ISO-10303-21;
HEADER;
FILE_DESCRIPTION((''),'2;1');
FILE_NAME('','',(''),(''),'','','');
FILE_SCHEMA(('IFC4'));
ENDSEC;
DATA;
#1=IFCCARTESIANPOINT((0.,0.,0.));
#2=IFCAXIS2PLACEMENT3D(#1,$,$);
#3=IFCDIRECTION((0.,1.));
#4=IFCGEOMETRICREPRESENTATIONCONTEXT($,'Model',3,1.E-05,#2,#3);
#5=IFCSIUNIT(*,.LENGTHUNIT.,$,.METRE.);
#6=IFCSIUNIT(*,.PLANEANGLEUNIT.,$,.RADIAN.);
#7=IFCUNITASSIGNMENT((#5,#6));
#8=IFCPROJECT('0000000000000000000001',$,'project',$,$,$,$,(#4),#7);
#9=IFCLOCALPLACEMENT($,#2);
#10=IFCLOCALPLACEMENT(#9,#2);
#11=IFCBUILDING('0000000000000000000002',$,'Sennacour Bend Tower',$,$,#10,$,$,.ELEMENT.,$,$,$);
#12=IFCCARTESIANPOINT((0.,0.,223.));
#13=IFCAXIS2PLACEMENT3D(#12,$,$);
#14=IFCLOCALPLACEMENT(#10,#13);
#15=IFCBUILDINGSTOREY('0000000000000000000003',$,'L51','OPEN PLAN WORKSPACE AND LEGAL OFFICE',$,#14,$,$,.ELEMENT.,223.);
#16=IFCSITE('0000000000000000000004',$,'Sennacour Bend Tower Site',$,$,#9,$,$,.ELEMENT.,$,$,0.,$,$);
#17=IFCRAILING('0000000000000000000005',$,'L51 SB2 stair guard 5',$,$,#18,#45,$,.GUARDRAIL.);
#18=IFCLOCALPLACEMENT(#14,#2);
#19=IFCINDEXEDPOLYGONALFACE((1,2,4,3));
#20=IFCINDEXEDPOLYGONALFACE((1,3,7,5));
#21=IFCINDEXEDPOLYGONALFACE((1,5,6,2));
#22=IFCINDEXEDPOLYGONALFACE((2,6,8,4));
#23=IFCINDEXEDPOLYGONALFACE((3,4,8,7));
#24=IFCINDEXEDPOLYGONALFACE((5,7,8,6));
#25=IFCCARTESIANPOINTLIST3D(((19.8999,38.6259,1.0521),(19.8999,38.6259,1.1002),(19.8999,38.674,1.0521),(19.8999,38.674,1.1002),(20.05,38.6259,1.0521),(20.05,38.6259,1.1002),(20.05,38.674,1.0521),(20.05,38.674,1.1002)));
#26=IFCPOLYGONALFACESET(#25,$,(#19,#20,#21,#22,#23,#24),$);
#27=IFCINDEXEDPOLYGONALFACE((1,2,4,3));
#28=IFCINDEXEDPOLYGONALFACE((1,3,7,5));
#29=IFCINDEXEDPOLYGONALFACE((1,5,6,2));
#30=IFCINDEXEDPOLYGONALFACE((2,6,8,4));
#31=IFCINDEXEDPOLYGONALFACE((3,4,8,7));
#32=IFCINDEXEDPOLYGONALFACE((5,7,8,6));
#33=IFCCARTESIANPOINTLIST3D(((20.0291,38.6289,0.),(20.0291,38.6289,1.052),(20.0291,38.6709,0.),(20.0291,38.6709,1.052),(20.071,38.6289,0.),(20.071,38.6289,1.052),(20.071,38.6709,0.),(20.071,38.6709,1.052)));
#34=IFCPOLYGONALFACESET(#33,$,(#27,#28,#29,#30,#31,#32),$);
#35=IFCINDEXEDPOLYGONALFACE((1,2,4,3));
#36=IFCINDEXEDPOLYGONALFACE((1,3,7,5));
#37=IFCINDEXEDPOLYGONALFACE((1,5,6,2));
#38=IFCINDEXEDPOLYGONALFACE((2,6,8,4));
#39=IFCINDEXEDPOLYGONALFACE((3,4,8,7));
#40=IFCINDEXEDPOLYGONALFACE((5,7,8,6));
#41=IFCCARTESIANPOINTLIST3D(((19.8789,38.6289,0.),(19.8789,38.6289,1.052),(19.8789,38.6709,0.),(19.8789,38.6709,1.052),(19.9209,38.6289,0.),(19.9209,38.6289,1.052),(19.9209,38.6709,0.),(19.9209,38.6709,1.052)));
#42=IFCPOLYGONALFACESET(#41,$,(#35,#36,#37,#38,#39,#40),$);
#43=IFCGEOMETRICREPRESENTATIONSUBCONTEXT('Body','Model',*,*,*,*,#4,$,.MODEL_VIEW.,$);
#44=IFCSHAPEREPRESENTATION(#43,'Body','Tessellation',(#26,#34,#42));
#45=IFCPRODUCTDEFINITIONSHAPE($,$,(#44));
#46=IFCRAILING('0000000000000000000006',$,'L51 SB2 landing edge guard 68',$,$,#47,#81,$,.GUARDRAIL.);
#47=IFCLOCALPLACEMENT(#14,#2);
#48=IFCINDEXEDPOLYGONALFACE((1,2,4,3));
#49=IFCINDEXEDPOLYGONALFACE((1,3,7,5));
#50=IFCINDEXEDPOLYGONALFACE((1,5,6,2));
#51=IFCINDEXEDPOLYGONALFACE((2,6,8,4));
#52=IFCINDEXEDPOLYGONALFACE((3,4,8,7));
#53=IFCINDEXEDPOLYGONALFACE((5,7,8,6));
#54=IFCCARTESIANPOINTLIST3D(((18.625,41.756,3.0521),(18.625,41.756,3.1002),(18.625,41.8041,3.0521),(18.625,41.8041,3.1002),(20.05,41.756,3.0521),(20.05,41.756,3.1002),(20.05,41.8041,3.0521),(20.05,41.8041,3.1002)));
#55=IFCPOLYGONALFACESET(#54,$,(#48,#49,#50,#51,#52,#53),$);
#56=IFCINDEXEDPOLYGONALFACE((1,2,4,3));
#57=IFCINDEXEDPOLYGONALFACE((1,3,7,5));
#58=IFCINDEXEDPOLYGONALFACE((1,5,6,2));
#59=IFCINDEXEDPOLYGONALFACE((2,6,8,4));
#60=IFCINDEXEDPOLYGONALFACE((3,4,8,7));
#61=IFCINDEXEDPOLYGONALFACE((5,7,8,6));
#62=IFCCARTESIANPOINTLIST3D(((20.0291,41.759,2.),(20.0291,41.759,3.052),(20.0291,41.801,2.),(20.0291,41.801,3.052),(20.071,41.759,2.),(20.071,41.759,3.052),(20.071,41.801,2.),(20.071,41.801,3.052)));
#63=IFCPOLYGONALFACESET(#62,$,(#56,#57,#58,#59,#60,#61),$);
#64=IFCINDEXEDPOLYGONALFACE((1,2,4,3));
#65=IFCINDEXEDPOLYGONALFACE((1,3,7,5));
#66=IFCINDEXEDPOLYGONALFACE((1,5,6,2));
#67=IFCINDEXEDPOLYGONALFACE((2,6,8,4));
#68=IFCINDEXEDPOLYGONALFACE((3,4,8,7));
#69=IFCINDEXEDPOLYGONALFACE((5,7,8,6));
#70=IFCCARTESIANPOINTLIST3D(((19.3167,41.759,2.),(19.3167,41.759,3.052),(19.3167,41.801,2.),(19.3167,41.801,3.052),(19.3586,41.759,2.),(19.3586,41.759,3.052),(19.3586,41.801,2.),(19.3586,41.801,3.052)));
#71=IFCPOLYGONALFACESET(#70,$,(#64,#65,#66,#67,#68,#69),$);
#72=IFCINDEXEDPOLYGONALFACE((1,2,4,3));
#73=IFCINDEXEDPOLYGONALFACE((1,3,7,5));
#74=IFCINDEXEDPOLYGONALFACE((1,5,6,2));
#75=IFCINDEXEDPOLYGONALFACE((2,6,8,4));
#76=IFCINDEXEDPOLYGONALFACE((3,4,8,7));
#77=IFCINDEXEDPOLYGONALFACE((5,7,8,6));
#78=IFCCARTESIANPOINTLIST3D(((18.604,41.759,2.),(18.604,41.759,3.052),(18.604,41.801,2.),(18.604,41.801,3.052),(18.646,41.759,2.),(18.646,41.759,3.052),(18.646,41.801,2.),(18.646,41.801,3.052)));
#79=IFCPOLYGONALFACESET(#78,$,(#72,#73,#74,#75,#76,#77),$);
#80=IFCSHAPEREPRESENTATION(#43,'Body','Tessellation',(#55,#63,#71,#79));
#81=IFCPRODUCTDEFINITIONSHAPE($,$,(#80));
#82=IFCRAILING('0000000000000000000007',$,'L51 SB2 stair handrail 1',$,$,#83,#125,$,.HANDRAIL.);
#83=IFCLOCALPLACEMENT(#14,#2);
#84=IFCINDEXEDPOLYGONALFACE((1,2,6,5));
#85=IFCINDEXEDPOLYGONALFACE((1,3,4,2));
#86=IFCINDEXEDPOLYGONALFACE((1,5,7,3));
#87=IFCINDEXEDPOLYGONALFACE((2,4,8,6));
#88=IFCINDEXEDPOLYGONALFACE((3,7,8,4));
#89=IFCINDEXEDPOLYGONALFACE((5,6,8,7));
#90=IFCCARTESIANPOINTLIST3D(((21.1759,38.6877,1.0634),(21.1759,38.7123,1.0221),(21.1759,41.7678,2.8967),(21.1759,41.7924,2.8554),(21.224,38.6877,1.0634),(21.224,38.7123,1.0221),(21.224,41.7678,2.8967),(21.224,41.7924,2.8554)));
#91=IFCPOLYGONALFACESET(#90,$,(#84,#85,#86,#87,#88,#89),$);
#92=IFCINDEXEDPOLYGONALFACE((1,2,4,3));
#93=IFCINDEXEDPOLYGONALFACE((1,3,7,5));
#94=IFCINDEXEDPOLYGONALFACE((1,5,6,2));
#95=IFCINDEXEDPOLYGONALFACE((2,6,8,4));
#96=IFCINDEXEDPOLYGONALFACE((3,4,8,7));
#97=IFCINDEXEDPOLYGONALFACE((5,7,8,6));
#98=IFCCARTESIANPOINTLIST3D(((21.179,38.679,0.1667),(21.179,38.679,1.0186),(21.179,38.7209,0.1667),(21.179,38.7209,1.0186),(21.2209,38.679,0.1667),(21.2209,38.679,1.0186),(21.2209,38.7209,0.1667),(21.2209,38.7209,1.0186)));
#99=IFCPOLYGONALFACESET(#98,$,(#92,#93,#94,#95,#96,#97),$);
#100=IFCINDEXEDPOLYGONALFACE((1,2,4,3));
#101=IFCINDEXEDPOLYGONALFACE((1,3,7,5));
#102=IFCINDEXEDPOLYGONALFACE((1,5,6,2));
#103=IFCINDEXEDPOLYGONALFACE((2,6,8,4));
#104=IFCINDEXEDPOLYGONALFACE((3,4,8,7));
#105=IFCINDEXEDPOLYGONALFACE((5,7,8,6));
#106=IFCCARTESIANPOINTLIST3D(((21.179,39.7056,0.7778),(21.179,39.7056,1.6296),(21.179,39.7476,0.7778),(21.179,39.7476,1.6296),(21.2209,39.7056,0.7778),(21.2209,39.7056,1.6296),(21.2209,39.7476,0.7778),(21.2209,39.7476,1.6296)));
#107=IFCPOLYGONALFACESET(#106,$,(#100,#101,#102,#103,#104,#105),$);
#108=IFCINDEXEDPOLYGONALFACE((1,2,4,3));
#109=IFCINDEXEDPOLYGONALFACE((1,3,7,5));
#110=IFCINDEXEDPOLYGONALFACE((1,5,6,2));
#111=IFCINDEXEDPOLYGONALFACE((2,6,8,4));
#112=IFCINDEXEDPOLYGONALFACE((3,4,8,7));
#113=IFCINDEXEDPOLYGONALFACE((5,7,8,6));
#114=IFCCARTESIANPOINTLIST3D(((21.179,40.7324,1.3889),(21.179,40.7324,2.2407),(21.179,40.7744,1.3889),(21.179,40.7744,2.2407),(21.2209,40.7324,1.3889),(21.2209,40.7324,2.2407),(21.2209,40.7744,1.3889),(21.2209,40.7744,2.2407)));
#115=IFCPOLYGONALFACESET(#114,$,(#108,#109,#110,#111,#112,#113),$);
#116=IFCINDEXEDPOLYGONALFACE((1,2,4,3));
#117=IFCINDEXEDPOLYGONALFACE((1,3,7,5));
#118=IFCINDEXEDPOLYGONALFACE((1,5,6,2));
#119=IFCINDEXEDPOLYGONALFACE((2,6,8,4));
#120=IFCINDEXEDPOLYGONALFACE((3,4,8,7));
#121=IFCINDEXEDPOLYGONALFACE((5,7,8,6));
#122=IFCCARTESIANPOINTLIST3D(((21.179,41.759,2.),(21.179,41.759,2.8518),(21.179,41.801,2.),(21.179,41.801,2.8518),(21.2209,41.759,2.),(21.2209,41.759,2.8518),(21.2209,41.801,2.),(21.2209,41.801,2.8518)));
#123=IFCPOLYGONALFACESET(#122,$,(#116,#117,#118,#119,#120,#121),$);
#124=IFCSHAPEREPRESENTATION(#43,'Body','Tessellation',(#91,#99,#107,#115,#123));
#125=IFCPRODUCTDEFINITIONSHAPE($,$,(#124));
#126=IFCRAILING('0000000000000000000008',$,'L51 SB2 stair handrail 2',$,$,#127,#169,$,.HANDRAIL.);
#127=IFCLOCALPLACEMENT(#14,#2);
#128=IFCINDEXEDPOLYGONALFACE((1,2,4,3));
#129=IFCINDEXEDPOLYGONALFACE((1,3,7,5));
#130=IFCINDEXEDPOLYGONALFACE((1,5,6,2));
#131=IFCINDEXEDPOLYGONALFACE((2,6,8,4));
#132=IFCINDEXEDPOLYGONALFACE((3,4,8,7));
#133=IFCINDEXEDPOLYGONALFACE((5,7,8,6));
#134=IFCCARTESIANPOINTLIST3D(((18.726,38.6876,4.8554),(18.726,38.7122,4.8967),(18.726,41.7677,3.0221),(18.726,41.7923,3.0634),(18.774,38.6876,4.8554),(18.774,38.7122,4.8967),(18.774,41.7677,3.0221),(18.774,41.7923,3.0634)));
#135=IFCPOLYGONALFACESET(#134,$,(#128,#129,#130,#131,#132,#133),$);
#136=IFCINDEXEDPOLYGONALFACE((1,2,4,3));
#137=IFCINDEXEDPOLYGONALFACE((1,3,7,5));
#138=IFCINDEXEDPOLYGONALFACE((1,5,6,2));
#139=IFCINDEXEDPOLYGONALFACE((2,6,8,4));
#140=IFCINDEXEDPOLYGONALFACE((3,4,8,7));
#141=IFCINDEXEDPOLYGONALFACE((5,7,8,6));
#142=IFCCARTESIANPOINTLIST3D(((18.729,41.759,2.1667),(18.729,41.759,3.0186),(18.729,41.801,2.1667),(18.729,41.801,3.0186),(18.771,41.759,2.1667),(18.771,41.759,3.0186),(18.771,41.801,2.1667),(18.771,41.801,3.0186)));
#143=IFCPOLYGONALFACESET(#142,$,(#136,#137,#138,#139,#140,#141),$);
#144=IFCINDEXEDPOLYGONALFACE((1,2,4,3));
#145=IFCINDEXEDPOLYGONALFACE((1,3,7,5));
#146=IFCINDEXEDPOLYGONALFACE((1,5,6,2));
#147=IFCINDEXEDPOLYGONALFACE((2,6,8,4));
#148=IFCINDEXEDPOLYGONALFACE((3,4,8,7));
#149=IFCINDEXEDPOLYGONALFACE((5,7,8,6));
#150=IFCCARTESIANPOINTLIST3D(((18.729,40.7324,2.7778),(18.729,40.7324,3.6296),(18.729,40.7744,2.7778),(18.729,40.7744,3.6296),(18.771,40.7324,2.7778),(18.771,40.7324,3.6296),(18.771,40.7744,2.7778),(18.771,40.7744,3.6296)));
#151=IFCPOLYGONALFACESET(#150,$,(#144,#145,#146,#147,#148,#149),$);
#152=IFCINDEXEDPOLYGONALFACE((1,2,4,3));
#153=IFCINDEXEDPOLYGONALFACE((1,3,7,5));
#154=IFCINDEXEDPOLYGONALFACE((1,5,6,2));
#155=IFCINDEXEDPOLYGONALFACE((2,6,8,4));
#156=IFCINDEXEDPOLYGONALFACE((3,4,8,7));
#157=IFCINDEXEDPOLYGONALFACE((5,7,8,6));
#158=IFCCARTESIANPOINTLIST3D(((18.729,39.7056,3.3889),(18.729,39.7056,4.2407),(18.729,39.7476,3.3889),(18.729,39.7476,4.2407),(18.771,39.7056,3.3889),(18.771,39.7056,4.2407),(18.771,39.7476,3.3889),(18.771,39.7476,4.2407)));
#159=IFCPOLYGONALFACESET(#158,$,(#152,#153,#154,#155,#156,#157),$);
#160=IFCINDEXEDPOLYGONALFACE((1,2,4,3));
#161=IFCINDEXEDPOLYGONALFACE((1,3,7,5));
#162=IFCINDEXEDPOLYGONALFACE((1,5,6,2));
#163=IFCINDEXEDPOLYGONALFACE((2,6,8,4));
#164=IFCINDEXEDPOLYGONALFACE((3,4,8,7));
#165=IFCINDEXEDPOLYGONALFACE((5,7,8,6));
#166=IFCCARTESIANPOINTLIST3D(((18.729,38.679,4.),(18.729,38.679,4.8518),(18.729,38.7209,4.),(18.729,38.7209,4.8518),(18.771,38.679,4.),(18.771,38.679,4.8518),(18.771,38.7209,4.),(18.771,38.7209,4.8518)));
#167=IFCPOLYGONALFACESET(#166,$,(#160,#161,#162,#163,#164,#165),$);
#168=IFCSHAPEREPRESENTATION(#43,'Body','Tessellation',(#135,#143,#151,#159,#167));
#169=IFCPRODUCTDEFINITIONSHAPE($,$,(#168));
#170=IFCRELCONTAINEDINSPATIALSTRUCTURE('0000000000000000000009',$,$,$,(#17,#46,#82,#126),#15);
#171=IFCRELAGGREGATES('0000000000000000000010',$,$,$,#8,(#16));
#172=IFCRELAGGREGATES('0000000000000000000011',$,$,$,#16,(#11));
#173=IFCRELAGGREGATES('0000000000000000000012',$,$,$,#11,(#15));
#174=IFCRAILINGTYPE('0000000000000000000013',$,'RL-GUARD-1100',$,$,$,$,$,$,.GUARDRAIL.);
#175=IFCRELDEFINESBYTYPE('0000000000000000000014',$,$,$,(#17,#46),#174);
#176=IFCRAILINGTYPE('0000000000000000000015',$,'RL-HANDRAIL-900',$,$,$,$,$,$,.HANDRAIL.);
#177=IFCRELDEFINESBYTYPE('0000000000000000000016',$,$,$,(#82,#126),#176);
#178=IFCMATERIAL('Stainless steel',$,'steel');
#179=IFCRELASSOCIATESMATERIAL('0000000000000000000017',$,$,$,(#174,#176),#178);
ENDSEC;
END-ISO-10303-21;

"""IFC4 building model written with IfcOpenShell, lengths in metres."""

from ifc_helpers import new_model, si_unit, direction, frame, origin, origin_2d, place, context, subcontext, project, spatial, rectangle, extrude, material, type_object, element, save


model = new_model("IFC4")

# Units and contexts
model_context = context("Model", 3, precision=1e-05, world=origin(), true_north=direction((0.0, 1.0)))
body_context = subcontext(model_context, "Body", "Model", "MODEL_VIEW")
ifc_project = project(units=[si_unit("LENGTHUNIT", "METRE"), si_unit("PLANEANGLEUNIT", "RADIAN")], contexts=[model_context])

# Site, building, storey
site_placement = place(None, origin())
site = spatial("IfcSite", under=ifc_project, at=site_placement, Name="Sennacour Bend Tower Site", CompositionType="ELEMENT", RefElevation=0.0)
building_placement = place(site_placement, origin())
building = spatial("IfcBuilding", under=site, at=building_placement, Name="Sennacour Bend Tower", CompositionType="ELEMENT")
storey_placement = place(building_placement, frame((0.0, 0.0, 223.0)))
storey = spatial("IfcBuildingStorey", under=building, at=storey_placement, Name="L51", Description="OPEN PLAN WORKSPACE AND LEGAL OFFICE", CompositionType="ELEMENT", Elevation=223.0)

# Shared definitions
ifc_material_1 = material(Name="Stainless steel", Category="steel")

# Railings
railing_type_1 = type_object("IfcRailingType", Name="RL-GUARD-1100", PredefinedType="GUARDRAIL", material=ifc_material_1)
railing_1_placement = place(storey_placement, frame((20.05, 38.6499, 0.0)))
element("IfcRailing", 1, at=railing_1_placement, inside=storey, type_object=railing_type_1, Name="L51 SB2 stair guard 5", PredefinedType="GUARDRAIL", context=body_context, shape_type="SweptSolid", body=[
    extrude(rectangle(XDim=0.0481, YDim=0.0481, at=origin_2d()), frame((0.0, 0.0, 1.0762), z_axis=(-1.0, 0.0, 0.0), x_axis=(0.0, -1.0, 0.0)), (0.0, 0.0, 1.0), 0.1501),
    extrude(rectangle(XDim=0.042, YDim=0.042, at=origin_2d()), origin(), (0.0, 0.0, 1.0), 1.052),
    extrude(rectangle(XDim=0.042, YDim=0.042, at=origin_2d()), frame((-0.1501, 0.0, 0.0)), (0.0, 0.0, 1.0), 1.052),
])
railing_2_placement = place(storey_placement, frame((20.05, 41.78, 2.0)))
element("IfcRailing", 2, at=railing_2_placement, inside=storey, type_object=railing_type_1, Name="L51 SB2 landing edge guard 68", PredefinedType="GUARDRAIL", context=body_context, shape_type="SweptSolid", body=[
    extrude(rectangle(XDim=0.0481, YDim=0.0481, at=origin_2d()), frame((0.0, 0.0, 1.0762), z_axis=(-1.0, 0.0, 0.0), x_axis=(0.0, -1.0, 0.0)), (0.0, 0.0, 1.0), 1.425),
    extrude(rectangle(XDim=0.042, YDim=0.042, at=origin_2d()), origin(), (0.0, 0.0, 1.0), 1.052),
    extrude(rectangle(XDim=0.042, YDim=0.042, at=origin_2d()), frame((-0.7124, 0.0, 0.0)), (0.0, 0.0, 1.0), 1.052),
    extrude(rectangle(XDim=0.042, YDim=0.042, at=origin_2d()), frame((-1.425, 0.0, 0.0)), (0.0, 0.0, 1.0), 1.052),
])
railing_type_2 = type_object("IfcRailingType", Name="RL-HANDRAIL-900", PredefinedType="HANDRAIL", material=ifc_material_1)
railing_3_placement = place(storey_placement, frame((21.2, 38.7, 0.1667)))
element("IfcRailing", 3, at=railing_3_placement, inside=storey, type_object=railing_type_2, Name="L51 SB2 stair handrail 1", PredefinedType="HANDRAIL", context=body_context, shape_type="SweptSolid", body=[
    extrude(rectangle(XDim=0.0481, YDim=0.0481, at=origin_2d()), frame((0.0, 0.0, 0.876), z_axis=(0.0, 0.859309, 0.511458), x_axis=(-1.0, 0.0, 0.0)), (0.0, 0.0, 1.0), 3.5845),
    extrude(rectangle(XDim=0.042, YDim=0.042, at=origin_2d()), origin(), (0.0, 0.0, 1.0), 0.8518),
    extrude(rectangle(XDim=0.042, YDim=0.042, at=origin_2d()), frame((0.0, 1.0266, 0.6111)), (0.0, 0.0, 1.0), 0.8518),
    extrude(rectangle(XDim=0.042, YDim=0.042, at=origin_2d()), frame((0.0, 2.0535, 1.2222)), (0.0, 0.0, 1.0), 0.8518),
    extrude(rectangle(XDim=0.042, YDim=0.042, at=origin_2d()), frame((0.0, 3.0801, 1.8333)), (0.0, 0.0, 1.0), 0.8518),
])
railing_4_placement = place(storey_placement, frame((18.75, 41.78, 2.1667)))
element("IfcRailing", 4, at=railing_4_placement, inside=storey, type_object=railing_type_2, Name="L51 SB2 stair handrail 2", PredefinedType="HANDRAIL", context=body_context, shape_type="SweptSolid", body=[
    extrude(rectangle(XDim=0.0481, YDim=0.0481, at=origin_2d()), frame((0.0, 0.0, 0.876), z_axis=(0.0, -0.859309, 0.511458), x_axis=(1.0, 0.0, 0.0)), (0.0, 0.0, 1.0), 3.5845),
    extrude(rectangle(XDim=0.042, YDim=0.042, at=origin_2d()), origin(), (0.0, 0.0, 1.0), 0.8518),
    extrude(rectangle(XDim=0.042, YDim=0.042, at=origin_2d()), frame((0.0, -1.0266, 0.6111)), (0.0, 0.0, 1.0), 0.8518),
    extrude(rectangle(XDim=0.042, YDim=0.042, at=origin_2d()), frame((0.0, -2.0535, 1.2222)), (0.0, 0.0, 1.0), 0.8518),
    extrude(rectangle(XDim=0.042, YDim=0.042, at=origin_2d()), frame((0.0, -3.0801, 1.8333)), (0.0, 0.0, 1.0), 0.8518),
])

save(model, "model.ifc")
